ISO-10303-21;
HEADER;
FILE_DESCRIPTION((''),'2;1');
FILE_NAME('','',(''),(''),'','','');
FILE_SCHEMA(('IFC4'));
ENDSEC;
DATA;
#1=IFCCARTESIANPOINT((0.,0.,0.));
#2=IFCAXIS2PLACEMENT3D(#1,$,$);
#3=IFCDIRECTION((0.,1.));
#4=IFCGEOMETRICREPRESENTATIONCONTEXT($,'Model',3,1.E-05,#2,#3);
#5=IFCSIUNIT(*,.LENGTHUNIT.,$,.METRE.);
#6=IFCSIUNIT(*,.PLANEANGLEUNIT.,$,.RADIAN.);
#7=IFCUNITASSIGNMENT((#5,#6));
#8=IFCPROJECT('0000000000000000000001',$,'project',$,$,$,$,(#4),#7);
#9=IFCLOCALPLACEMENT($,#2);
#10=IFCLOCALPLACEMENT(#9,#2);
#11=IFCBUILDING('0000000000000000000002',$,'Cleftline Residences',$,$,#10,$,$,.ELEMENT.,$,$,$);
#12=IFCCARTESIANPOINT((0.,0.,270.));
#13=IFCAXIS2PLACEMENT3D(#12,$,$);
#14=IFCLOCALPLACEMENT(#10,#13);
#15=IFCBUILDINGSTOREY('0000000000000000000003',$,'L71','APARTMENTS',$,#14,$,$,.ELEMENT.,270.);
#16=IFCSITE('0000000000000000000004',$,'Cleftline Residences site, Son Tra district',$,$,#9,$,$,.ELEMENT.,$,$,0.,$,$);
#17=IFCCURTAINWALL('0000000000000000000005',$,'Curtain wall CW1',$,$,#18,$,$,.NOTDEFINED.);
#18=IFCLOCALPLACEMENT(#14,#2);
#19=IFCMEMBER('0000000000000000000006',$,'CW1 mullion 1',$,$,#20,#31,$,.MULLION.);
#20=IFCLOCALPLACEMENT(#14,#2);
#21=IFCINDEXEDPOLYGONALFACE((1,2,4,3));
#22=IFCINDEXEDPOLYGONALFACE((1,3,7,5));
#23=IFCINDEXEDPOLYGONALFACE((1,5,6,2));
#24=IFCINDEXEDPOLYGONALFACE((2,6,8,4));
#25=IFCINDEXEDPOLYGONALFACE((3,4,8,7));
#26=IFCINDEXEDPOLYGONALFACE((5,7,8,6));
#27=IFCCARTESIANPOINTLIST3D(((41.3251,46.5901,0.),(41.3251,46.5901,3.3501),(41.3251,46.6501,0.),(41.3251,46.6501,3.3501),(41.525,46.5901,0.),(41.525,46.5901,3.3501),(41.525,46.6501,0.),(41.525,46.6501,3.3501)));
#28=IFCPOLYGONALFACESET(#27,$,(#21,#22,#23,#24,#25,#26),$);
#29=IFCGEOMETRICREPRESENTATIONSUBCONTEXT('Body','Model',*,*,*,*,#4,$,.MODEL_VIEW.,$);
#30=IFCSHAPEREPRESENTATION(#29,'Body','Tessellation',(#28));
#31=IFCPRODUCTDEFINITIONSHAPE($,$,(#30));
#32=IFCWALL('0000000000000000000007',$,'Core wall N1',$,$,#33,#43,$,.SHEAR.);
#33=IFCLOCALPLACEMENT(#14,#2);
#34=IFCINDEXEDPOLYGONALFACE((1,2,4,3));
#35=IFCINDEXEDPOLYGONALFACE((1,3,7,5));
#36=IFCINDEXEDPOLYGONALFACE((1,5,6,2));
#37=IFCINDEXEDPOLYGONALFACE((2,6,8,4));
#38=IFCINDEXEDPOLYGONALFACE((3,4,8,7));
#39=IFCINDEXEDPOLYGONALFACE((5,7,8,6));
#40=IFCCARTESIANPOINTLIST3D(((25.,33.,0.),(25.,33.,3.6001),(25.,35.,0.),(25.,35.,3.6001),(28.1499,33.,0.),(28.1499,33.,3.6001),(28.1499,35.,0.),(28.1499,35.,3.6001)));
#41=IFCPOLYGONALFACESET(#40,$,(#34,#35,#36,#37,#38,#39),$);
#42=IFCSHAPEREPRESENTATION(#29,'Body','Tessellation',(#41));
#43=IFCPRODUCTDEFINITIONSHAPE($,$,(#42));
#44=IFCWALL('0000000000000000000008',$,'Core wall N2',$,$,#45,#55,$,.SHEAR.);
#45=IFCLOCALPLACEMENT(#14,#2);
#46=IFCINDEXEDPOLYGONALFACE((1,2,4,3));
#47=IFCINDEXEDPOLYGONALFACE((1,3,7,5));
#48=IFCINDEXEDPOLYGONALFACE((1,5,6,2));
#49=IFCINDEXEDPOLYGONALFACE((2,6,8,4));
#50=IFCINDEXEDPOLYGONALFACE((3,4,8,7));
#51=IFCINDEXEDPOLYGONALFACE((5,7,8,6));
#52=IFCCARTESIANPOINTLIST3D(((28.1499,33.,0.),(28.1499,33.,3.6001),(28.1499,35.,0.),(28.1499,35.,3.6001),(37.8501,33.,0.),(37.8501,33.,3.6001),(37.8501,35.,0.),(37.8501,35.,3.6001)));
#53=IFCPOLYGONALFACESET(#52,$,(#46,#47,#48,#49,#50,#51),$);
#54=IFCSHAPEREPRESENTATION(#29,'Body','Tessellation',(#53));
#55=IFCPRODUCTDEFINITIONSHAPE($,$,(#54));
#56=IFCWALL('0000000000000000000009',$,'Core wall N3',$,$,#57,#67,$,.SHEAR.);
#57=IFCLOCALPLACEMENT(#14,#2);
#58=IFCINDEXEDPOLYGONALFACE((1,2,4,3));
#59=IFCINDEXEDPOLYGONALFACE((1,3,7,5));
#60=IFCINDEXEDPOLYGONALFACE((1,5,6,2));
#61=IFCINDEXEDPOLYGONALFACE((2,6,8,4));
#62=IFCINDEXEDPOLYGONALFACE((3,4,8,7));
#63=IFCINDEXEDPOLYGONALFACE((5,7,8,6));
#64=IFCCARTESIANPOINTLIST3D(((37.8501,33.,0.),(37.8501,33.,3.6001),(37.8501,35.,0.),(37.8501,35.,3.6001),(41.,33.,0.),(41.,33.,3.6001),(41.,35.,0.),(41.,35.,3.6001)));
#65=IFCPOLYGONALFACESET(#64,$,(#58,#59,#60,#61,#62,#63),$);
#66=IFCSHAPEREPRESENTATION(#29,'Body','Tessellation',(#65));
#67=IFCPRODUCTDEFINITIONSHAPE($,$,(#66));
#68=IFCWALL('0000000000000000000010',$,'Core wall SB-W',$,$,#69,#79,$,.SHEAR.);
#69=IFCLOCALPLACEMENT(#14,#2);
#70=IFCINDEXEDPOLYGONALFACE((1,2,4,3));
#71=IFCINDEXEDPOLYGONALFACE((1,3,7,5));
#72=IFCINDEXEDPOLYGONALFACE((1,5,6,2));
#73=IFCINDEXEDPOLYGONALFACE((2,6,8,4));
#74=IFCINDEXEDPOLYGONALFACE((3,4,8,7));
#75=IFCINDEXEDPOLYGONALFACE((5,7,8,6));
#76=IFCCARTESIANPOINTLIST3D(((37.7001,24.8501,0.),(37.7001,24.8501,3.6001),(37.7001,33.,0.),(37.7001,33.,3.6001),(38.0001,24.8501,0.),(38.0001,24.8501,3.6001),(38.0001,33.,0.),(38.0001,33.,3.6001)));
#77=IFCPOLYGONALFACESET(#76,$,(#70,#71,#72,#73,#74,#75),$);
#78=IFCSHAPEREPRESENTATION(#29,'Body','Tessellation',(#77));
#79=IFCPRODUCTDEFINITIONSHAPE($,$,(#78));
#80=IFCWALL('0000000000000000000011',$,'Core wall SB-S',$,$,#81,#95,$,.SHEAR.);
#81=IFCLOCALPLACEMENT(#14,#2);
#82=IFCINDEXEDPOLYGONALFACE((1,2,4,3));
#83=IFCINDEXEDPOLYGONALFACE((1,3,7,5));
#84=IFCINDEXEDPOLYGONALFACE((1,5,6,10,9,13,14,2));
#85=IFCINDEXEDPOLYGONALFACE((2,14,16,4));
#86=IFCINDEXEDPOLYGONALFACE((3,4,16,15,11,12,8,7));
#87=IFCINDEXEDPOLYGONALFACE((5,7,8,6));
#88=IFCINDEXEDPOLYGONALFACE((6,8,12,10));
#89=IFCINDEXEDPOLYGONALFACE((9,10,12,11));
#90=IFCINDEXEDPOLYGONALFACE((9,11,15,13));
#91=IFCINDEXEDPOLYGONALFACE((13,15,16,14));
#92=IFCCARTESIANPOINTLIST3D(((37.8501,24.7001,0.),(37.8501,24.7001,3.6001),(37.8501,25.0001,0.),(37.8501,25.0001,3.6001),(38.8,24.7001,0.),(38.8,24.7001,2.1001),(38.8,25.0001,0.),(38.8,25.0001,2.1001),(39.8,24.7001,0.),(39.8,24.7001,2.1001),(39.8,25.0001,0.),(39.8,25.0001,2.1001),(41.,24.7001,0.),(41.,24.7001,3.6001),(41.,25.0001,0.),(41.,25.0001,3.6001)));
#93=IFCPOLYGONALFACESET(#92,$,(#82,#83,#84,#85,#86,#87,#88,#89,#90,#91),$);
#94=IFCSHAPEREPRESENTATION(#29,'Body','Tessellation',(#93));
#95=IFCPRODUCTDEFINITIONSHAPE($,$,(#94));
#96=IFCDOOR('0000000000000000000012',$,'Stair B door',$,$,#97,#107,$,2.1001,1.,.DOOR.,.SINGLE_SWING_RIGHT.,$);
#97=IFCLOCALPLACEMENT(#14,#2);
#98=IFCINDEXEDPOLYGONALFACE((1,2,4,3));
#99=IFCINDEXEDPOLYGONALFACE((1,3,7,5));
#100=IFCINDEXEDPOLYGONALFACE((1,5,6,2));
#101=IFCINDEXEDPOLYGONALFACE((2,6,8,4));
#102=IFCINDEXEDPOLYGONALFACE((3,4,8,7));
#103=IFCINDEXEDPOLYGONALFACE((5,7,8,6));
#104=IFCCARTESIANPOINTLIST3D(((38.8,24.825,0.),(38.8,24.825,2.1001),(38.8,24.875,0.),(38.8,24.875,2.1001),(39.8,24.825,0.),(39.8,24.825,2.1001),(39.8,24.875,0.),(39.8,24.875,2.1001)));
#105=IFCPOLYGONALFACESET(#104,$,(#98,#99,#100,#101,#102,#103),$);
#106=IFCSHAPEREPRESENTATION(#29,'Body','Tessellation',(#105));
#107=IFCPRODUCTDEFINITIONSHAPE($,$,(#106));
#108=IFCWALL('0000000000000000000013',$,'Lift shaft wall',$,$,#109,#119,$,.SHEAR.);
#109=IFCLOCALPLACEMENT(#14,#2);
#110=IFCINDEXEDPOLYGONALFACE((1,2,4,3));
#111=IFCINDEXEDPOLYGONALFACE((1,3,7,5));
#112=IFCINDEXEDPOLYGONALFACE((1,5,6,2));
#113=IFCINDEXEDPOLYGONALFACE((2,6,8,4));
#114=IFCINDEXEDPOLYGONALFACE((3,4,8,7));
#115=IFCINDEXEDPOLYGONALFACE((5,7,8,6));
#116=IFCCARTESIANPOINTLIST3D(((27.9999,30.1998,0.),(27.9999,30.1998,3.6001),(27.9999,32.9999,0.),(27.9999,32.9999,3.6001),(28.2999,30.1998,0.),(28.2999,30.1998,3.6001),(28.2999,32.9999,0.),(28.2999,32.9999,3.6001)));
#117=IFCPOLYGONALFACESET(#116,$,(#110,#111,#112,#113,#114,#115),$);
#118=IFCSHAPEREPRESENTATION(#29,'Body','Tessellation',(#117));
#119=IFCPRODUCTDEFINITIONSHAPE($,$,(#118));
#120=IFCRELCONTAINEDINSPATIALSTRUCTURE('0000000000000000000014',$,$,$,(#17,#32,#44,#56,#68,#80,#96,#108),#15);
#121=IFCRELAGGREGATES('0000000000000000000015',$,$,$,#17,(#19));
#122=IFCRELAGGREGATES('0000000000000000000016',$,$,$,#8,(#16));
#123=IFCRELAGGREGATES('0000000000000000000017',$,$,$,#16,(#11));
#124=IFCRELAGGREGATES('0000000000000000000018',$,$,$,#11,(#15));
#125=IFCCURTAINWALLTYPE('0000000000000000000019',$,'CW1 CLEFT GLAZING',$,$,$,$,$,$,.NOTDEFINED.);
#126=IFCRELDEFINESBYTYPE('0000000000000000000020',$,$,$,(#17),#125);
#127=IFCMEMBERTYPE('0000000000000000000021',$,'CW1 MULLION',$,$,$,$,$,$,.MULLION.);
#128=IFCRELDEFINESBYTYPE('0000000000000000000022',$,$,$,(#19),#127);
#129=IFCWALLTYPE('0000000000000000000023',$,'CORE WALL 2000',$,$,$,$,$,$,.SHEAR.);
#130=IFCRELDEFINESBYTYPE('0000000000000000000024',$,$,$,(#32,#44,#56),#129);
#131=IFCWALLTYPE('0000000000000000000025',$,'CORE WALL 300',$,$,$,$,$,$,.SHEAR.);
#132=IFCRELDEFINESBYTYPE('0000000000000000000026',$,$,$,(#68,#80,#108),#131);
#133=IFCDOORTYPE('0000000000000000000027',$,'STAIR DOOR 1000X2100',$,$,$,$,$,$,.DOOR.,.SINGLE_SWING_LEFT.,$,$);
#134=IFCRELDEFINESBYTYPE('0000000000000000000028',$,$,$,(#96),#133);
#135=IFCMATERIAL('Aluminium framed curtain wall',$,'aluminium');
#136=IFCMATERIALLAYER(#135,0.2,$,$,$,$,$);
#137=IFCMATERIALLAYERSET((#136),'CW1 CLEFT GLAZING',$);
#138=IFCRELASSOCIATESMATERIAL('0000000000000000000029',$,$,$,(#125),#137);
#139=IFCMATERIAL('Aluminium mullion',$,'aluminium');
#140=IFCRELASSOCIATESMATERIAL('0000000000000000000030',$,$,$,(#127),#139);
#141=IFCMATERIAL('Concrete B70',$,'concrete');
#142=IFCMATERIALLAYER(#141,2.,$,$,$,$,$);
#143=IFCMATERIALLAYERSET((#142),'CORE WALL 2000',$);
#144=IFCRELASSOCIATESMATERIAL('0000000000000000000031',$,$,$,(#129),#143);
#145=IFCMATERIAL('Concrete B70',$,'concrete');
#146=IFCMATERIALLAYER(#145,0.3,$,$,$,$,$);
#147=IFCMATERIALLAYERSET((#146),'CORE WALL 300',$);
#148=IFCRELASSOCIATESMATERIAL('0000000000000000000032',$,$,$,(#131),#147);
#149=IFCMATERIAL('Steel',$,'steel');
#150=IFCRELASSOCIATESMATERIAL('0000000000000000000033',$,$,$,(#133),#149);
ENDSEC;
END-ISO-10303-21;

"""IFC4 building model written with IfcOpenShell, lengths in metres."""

from ifc_helpers import new_model, si_unit, direction, frame, frame_2d, origin, origin_2d, place, context, subcontext, project, spatial, rectangle, extrude, material, layer, layer_set, material_profile, profile_set, type_object, element, fill, aggregate, save


model = new_model("IFC4")

# Units and contexts
model_context = context("Model", 3, precision=1e-05, world=origin(), true_north=direction((0.0, 1.0)))
body_context = subcontext(model_context, "Body", "Model", "MODEL_VIEW")
ifc_project = project(units=[si_unit("LENGTHUNIT", "METRE"), si_unit("PLANEANGLEUNIT", "RADIAN")], contexts=[model_context])

# Site, building, storey
site_placement = place(None, origin())
site = spatial("IfcSite", under=ifc_project, at=site_placement, Name="Cleftline Residences site, Son Tra district", CompositionType="ELEMENT", RefElevation=0.0)
building_placement = place(site_placement, origin())
building = spatial("IfcBuilding", under=site, at=building_placement, Name="Cleftline Residences", CompositionType="ELEMENT")
storey_placement = place(building_placement, frame((0.0, 0.0, 270.0)))
storey = spatial("IfcBuildingStorey", under=building, at=storey_placement, Name="L71", Description="APARTMENTS", CompositionType="ELEMENT", Elevation=270.0)

# Curtain wall, member
ifc_material_1 = material(Name="Aluminium framed curtain wall", Category="aluminium")
ifc_layer_1 = layer(ifc_material_1, 0.2)
ifc_layer_set_1 = layer_set([ifc_layer_1], Name="CW1 CLEFT GLAZING")
curtain_wall_type = type_object("IfcCurtainWallType", Name="CW1 CLEFT GLAZING", PredefinedType="NOTDEFINED", material=ifc_layer_set_1)
curtain_wall_placement = place(storey_placement, origin())
curtain_wall = element("IfcCurtainWall", 1, at=curtain_wall_placement, inside=storey, type_object=curtain_wall_type, Name="Curtain wall CW1", PredefinedType="NOTDEFINED")
ifc_material_2 = material(Name="Aluminium mullion", Category="aluminium")
ifc_material_profile = material_profile(ifc_material_2, rectangle(XDim=0.2, YDim=0.0601, at=origin_2d()))
ifc_profile_set = profile_set([ifc_material_profile], Name="Aluminium mullion")
member_type = type_object("IfcMemberType", Name="CW1 MULLION", PredefinedType="MULLION", material=ifc_profile_set)
member_placement = place(storey_placement, frame((41.425, 46.6201, 0.0), z_axis=(0.0, 0.0, 1.0), x_axis=(1.0, 0.0, 0.0)))
member = element("IfcMember", 2, at=member_placement, type_object=member_type, Name="CW1 mullion 1", PredefinedType="MULLION", context=body_context, shape_type="SweptSolid", body=[
    extrude(rectangle(XDim=0.2, YDim=0.0601, at=origin_2d()), origin(), (0.0, 0.0, 1.0), 3.3501),
])
aggregate(curtain_wall, [member])

# Walls
ifc_material_3 = material(Name="Concrete B70", Category="concrete")
ifc_layer_2 = layer(ifc_material_3, 2.0)
ifc_layer_set_2 = layer_set([ifc_layer_2], Name="CORE WALL 2000")
wall_type_1 = type_object("IfcWallType", Name="CORE WALL 2000", PredefinedType="SHEAR", material=ifc_layer_set_2)
wall_1_placement = place(storey_placement, frame((25.0, 34.0, 0.0), z_axis=(0.0, 0.0, 1.0), x_axis=(1.0, 0.0, 0.0)))
element("IfcWall", 3, at=wall_1_placement, inside=storey, type_object=wall_type_1, Name="Core wall N1", PredefinedType="SHEAR", context=body_context, shape_type="SweptSolid", body=[
    extrude(rectangle(XDim=3.1499, YDim=2.0, at=frame_2d((1.575, 0.0))), origin(), (0.0, 0.0, 1.0), 3.6001),
])
wall_2_placement = place(storey_placement, frame((28.1499, 34.0, 0.0), z_axis=(0.0, 0.0, 1.0), x_axis=(1.0, 0.0, 0.0)))
element("IfcWall", 4, at=wall_2_placement, inside=storey, type_object=wall_type_1, Name="Core wall N2", PredefinedType="SHEAR", context=body_context, shape_type="SweptSolid", body=[
    extrude(rectangle(XDim=9.7002, YDim=2.0, at=frame_2d((4.8501, 0.0))), origin(), (0.0, 0.0, 1.0), 3.6001),
])
wall_3_placement = place(storey_placement, frame((37.8501, 34.0, 0.0), z_axis=(0.0, 0.0, 1.0), x_axis=(1.0, 0.0, 0.0)))
element("IfcWall", 5, at=wall_3_placement, inside=storey, type_object=wall_type_1, Name="Core wall N3", PredefinedType="SHEAR", context=body_context, shape_type="SweptSolid", body=[
    extrude(rectangle(XDim=3.1499, YDim=2.0, at=frame_2d((1.575, 0.0))), origin(), (0.0, 0.0, 1.0), 3.6001),
])
ifc_material_4 = material(Name="Concrete B70", Category="concrete")
ifc_layer_3 = layer(ifc_material_4, 0.3)
ifc_layer_set_3 = layer_set([ifc_layer_3], Name="CORE WALL 300")
wall_type_2 = type_object("IfcWallType", Name="CORE WALL 300", PredefinedType="SHEAR", material=ifc_layer_set_3)
wall_4_placement = place(storey_placement, frame((37.8501, 24.8501, 0.0), z_axis=(0.0, 0.0, 1.0), x_axis=(0.0, 1.0, 0.0)))
element("IfcWall", 6, at=wall_4_placement, inside=storey, type_object=wall_type_2, Name="Core wall SB-W", PredefinedType="SHEAR", context=body_context, shape_type="SweptSolid", body=[
    extrude(rectangle(XDim=8.1499, YDim=0.3, at=frame_2d((4.075, 0.0))), origin(), (0.0, 0.0, 1.0), 3.6001),
])

# Wall, opening, door
wall_5_placement = place(storey_placement, frame((37.8501, 24.8501, 0.0), z_axis=(0.0, 0.0, 1.0), x_axis=(1.0, 0.0, 0.0)))
wall_5 = element("IfcWall", 7, at=wall_5_placement, inside=storey, type_object=wall_type_2, Name="Core wall SB-S", PredefinedType="SHEAR", context=body_context, shape_type="SweptSolid", body=[
    extrude(rectangle(XDim=3.1499, YDim=0.3, at=frame_2d((1.575, 0.0))), origin(), (0.0, 0.0, 1.0), 3.6001),
])
opening_1_placement = place(wall_5_placement, frame((0.95, 0.0, 0.0)))
opening_1 = element("IfcOpeningElement", 8, at=opening_1_placement, cuts=wall_5, PredefinedType="OPENING", context=body_context, shape_type="SweptSolid", body=[
    extrude(rectangle(XDim=1.0, YDim=2.1001, at=frame_2d((0.5, 1.05))), frame((0.0, 0.1599, 0.0), z_axis=(0.0, -1.0, 0.0), x_axis=(1.0, 0.0, 0.0)), (0.0, 0.0, 1.0), 0.3201),
])
ifc_material_5 = material(Name="Steel", Category="steel")
door_type_1 = type_object("IfcDoorType", Name="STAIR DOOR 1000X2100", OperationType="SINGLE_SWING_LEFT", PredefinedType="DOOR", material=ifc_material_5)
door_1_placement = place(opening_1_placement, origin())
door_1 = element("IfcDoor", 9, at=door_1_placement, inside=storey, type_object=door_type_1, Name="Stair B door", OperationType="SINGLE_SWING_RIGHT", OverallHeight=2.1001, OverallWidth=1.0, PredefinedType="DOOR", context=body_context, shape_type="SweptSolid", body=[
    extrude(rectangle(XDim=1.0, YDim=2.1001, at=frame_2d((0.5, 1.05))), frame((0.0, 0.0249, 0.0), z_axis=(0.0, -1.0, 0.0), x_axis=(1.0, 0.0, 0.0)), (0.0, 0.0, 1.0), 0.05),
])
fill(opening_1, door_1)

# Wall
wall_6_placement = place(storey_placement, frame((28.1499, 30.2, 0.0), z_axis=(0.0, 0.0, 1.0), x_axis=(0.0, 1.0, 0.0)))
element("IfcWall", 10, at=wall_6_placement, inside=storey, type_object=wall_type_2, Name="Lift shaft wall", PredefinedType="SHEAR", context=body_context, shape_type="SweptSolid", body=[
    extrude(rectangle(XDim=2.8, YDim=0.3, at=frame_2d((1.3999, 0.0))), origin(), (0.0, 0.0, 1.0), 3.6001),
])

save(model, "model.ifc")
